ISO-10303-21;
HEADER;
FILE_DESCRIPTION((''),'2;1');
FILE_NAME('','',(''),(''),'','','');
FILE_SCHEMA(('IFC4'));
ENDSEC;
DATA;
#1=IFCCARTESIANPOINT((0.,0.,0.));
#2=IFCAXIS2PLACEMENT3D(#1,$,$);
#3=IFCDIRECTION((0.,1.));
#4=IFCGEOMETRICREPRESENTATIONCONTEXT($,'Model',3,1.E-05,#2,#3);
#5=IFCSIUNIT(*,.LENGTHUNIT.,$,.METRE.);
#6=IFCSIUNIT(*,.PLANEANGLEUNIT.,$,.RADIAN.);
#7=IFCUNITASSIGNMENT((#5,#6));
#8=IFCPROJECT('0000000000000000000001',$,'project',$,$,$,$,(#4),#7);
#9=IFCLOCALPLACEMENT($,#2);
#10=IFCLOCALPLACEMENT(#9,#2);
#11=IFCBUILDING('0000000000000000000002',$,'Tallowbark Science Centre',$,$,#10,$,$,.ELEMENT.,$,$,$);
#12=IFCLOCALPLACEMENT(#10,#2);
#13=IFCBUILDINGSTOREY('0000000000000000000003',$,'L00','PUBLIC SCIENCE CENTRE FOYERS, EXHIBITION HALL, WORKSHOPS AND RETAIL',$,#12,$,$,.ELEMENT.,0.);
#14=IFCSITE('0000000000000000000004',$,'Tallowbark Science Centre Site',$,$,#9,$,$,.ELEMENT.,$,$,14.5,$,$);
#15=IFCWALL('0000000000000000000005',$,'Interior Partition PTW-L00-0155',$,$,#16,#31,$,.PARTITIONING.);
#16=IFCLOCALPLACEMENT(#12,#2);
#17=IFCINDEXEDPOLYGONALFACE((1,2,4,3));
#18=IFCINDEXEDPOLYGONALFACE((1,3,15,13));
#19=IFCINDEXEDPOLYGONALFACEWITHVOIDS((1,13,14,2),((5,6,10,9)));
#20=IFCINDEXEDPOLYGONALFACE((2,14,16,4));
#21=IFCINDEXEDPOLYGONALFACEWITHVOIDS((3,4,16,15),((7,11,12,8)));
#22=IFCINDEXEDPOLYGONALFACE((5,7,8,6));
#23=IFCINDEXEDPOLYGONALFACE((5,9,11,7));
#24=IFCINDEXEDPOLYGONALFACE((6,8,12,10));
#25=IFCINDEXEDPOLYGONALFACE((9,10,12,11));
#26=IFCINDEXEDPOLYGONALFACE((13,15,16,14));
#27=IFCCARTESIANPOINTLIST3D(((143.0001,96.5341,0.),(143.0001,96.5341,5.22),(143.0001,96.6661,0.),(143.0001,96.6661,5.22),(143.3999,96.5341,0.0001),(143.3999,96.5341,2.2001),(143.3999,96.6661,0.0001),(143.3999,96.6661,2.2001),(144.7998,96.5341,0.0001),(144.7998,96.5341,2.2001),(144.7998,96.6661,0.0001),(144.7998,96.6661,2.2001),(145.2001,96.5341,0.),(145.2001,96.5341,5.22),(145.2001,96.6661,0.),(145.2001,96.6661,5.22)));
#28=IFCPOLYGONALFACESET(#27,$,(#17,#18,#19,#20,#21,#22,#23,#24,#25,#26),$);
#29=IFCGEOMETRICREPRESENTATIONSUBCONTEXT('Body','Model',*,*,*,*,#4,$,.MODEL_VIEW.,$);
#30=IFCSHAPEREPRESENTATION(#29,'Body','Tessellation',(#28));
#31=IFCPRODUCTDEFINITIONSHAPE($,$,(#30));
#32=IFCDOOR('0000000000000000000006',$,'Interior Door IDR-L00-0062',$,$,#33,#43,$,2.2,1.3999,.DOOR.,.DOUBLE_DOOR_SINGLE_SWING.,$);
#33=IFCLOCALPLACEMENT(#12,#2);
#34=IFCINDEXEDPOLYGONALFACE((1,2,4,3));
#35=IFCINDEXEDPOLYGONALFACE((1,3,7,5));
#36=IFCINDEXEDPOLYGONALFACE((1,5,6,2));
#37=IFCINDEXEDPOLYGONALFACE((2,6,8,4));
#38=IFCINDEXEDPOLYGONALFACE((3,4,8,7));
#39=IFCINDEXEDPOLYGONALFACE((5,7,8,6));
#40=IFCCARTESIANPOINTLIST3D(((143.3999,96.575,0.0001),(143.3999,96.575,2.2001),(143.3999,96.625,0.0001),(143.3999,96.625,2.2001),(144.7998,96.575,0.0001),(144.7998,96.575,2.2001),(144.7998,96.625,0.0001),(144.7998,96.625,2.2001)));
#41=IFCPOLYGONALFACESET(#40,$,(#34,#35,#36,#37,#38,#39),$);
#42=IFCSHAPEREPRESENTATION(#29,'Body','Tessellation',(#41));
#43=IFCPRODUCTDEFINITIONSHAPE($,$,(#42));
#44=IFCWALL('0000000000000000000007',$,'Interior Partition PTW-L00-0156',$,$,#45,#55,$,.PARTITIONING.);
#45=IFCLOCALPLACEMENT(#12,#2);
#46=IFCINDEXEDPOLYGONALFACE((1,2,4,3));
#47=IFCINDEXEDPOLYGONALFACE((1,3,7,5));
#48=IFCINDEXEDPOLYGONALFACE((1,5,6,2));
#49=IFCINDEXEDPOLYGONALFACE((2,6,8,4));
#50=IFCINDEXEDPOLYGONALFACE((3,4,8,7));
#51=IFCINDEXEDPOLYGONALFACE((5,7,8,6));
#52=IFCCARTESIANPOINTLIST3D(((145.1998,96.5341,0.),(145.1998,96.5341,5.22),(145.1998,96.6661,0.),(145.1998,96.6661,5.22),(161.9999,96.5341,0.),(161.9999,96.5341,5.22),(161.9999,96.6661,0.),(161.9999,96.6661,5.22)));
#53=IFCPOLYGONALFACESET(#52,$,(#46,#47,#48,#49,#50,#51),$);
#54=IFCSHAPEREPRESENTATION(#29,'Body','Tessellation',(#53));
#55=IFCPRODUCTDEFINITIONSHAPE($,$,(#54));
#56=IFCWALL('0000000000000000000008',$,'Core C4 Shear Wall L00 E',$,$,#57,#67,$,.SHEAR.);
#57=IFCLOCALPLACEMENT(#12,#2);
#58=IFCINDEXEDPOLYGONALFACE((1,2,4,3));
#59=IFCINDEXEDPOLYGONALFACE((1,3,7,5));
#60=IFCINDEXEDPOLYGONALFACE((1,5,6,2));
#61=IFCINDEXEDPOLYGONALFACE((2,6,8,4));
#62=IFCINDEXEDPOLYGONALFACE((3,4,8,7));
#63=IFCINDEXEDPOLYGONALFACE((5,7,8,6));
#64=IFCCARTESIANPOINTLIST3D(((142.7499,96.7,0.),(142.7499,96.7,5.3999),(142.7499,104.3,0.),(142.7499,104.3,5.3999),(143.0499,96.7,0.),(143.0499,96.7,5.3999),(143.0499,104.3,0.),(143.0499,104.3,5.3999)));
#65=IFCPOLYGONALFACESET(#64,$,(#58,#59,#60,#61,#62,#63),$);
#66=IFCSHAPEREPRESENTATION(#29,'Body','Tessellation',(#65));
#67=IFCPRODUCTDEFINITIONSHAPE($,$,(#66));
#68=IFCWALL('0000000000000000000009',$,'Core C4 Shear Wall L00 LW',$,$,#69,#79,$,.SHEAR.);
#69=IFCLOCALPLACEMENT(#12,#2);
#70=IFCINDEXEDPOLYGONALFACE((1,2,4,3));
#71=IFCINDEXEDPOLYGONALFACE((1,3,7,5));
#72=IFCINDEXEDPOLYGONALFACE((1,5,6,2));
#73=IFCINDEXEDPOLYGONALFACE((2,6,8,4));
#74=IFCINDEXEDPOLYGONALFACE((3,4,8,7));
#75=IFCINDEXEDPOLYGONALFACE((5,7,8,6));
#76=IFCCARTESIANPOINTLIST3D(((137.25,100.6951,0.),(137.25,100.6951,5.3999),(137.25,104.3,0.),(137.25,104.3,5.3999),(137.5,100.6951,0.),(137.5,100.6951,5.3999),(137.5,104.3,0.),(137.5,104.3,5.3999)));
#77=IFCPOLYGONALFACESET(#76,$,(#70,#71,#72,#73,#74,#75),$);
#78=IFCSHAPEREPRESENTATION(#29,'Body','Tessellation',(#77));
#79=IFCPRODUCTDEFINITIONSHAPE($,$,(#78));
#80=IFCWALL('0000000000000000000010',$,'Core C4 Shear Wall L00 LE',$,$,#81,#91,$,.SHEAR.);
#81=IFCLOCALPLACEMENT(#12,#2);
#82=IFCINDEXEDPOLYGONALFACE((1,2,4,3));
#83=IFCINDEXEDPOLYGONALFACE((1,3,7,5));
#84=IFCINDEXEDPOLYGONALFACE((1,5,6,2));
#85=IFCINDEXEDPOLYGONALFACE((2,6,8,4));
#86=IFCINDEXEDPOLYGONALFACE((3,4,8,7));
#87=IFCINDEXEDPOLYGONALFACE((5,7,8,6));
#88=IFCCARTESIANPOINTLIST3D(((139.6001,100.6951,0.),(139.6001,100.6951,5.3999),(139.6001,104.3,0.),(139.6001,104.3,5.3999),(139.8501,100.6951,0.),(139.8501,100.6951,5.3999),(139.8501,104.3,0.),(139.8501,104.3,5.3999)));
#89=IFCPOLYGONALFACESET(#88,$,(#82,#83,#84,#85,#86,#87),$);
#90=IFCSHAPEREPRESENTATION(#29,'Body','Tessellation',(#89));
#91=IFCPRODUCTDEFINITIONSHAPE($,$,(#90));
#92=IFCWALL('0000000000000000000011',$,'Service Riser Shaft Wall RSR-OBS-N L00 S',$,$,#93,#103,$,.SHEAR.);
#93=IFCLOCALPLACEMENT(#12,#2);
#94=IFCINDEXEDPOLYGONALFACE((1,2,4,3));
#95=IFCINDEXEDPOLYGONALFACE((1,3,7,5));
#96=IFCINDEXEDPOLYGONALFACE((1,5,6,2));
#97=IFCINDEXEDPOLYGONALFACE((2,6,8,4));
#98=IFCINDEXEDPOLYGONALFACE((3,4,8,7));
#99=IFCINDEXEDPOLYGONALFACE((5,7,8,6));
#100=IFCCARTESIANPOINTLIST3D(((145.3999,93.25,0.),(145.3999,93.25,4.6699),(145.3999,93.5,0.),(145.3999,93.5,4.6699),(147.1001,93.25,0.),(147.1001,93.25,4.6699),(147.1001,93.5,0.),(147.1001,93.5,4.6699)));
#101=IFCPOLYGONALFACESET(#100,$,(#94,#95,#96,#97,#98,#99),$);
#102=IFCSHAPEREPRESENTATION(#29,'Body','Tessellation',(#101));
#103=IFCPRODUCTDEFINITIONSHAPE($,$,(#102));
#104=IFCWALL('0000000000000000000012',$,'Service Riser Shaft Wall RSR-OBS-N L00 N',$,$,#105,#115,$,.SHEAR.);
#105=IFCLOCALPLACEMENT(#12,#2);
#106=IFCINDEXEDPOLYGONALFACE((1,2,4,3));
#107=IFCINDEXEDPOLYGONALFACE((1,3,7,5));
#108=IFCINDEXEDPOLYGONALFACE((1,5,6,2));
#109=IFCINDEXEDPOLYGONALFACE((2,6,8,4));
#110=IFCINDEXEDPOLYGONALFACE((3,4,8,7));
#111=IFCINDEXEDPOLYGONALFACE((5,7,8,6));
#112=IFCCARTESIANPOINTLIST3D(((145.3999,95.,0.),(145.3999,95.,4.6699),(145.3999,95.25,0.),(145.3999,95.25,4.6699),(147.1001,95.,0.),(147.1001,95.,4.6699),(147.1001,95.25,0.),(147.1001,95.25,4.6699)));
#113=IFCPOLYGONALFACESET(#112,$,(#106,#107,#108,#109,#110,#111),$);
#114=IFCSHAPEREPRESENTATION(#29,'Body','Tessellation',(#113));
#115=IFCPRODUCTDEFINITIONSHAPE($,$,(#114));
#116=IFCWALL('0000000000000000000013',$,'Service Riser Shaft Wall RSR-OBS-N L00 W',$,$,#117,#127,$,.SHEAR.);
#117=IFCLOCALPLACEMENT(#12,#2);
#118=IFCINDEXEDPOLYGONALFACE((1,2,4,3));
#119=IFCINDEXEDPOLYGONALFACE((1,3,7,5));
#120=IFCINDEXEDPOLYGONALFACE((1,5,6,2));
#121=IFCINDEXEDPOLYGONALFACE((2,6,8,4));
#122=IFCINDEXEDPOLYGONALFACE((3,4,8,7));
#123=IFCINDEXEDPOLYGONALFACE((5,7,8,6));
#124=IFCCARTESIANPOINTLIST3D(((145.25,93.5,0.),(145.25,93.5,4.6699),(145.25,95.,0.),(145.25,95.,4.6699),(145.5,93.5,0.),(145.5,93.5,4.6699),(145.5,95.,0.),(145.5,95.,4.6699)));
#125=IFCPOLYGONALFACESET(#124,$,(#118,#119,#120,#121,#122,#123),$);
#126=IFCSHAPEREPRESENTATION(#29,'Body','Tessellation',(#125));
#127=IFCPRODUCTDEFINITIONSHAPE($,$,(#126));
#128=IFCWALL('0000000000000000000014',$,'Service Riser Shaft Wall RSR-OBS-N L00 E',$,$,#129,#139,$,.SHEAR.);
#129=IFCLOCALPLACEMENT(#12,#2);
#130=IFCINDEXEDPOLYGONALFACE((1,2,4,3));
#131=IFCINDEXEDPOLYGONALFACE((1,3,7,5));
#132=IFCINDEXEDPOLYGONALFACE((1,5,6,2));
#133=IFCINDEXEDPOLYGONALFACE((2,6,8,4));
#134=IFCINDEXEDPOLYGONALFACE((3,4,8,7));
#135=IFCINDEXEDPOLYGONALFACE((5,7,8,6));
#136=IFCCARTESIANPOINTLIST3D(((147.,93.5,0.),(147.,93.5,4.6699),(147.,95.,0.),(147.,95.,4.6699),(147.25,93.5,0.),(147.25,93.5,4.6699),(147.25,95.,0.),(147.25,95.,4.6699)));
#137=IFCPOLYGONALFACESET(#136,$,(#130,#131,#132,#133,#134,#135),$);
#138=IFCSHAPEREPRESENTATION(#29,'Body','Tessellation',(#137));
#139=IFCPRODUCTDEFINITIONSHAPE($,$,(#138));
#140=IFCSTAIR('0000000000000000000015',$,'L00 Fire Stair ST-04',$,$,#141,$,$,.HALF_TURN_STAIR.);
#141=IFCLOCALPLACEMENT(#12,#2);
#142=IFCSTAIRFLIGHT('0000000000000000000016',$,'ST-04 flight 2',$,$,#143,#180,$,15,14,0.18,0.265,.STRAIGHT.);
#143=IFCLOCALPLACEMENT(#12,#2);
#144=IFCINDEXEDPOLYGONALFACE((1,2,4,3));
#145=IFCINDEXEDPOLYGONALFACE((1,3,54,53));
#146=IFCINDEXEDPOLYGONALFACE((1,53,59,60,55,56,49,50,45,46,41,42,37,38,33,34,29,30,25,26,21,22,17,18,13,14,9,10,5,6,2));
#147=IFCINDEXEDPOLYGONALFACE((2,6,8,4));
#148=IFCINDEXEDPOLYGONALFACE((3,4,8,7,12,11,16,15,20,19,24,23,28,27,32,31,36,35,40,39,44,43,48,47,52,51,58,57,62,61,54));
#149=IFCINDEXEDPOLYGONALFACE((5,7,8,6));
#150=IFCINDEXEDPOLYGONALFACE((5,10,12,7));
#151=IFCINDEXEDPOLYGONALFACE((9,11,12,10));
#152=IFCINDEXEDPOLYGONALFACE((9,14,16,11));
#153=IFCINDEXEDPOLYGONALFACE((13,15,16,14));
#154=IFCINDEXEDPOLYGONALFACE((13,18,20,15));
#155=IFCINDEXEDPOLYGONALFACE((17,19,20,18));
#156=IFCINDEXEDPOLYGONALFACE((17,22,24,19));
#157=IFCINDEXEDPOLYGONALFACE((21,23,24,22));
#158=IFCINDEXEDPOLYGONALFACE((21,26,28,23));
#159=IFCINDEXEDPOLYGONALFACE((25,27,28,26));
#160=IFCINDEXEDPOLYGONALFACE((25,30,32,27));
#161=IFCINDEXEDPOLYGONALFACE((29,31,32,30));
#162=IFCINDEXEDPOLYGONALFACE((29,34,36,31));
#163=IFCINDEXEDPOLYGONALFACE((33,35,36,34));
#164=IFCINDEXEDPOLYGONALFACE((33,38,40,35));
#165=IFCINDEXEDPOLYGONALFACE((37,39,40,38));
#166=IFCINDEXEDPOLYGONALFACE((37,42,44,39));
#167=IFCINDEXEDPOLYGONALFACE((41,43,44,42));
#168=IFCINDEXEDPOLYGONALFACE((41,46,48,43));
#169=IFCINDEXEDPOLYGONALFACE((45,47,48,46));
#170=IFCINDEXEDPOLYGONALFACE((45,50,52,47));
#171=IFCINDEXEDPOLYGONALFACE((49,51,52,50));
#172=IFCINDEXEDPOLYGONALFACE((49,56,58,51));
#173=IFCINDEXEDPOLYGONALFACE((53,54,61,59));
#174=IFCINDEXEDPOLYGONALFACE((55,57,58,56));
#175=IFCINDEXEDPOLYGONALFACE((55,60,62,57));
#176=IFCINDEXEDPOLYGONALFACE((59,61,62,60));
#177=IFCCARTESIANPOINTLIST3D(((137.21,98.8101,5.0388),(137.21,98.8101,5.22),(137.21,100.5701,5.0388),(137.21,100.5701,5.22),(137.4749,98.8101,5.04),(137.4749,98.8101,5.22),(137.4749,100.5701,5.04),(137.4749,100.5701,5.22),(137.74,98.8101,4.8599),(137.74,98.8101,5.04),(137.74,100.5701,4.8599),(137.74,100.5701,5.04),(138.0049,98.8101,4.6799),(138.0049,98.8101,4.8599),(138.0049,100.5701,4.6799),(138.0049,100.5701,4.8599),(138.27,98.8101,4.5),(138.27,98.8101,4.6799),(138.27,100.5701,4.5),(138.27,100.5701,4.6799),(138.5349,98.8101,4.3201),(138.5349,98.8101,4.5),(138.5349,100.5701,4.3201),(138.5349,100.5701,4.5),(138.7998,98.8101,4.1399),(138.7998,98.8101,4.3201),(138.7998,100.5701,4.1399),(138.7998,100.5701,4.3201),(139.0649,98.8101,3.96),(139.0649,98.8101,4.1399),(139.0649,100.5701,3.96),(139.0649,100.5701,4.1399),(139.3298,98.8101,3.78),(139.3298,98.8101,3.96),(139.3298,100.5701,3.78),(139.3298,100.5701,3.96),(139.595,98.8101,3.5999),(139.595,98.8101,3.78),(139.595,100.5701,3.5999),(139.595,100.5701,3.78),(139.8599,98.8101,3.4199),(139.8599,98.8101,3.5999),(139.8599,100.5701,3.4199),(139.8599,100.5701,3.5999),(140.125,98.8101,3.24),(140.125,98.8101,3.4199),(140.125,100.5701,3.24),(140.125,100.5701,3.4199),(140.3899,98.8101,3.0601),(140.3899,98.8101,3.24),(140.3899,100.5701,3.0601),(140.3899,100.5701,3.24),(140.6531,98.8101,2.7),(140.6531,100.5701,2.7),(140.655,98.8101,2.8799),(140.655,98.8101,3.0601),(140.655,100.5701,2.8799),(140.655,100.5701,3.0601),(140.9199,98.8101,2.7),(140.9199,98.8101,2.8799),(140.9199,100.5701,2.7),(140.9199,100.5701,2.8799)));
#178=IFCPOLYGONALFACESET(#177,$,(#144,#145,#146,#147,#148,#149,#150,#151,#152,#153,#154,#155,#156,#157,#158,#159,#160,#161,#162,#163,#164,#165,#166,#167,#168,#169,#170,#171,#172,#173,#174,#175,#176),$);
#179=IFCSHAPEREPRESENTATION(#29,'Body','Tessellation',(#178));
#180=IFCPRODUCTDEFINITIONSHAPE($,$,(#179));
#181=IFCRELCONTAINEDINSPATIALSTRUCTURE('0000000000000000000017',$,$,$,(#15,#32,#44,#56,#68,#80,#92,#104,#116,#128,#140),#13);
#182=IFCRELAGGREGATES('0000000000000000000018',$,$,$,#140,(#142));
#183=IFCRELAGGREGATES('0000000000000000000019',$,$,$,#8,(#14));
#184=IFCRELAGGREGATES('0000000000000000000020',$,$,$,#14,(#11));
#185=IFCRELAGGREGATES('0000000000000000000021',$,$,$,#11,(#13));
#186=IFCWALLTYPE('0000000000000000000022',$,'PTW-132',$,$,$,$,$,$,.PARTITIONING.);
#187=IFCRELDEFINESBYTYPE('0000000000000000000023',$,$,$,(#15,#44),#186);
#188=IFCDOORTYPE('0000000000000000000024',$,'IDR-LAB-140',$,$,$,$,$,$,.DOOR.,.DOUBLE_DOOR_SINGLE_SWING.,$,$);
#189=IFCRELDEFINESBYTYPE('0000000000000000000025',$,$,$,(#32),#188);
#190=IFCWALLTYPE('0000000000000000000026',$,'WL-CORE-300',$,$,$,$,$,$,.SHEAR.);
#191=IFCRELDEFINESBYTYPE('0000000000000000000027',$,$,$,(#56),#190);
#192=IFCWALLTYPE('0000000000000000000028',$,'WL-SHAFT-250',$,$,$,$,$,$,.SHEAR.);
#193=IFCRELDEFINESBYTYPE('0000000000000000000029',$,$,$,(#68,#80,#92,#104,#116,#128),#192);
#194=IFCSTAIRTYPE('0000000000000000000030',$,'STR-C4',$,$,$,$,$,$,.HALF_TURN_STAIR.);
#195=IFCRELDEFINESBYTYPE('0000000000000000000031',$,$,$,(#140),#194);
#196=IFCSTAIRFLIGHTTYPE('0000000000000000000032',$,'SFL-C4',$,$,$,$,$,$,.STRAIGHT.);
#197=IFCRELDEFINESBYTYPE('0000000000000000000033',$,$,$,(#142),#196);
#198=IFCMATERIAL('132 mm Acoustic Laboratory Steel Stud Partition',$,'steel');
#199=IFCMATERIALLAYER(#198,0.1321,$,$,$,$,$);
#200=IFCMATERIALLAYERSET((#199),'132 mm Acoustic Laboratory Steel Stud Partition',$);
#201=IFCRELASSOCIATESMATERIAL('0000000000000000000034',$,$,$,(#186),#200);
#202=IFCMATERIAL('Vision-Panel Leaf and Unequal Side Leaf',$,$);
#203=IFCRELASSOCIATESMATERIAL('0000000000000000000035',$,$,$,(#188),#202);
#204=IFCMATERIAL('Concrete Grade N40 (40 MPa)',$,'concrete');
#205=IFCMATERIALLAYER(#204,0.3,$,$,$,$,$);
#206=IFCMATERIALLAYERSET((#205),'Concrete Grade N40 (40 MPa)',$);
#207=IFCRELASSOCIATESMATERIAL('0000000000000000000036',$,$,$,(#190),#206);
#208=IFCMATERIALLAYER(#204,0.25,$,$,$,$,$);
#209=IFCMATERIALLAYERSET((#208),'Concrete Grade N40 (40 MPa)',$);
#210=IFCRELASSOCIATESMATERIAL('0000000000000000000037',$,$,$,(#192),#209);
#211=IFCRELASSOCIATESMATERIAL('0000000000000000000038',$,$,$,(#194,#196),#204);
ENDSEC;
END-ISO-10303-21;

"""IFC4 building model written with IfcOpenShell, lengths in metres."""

from ifc_helpers import new_model, si_unit, direction, frame, frame_2d, origin, place, context, subcontext, project, spatial, polyline, rectangle, outline, extrude, material, layer, layer_set, type_object, element, fill, aggregate, save


model = new_model("IFC4")

# Units and contexts
model_context = context("Model", 3, precision=1e-05, world=origin(), true_north=direction((0.0, 1.0)))
body_context = subcontext(model_context, "Body", "Model", "MODEL_VIEW")
ifc_project = project(units=[si_unit("LENGTHUNIT", "METRE"), si_unit("PLANEANGLEUNIT", "RADIAN")], contexts=[model_context])

# Site, building, storey
site_placement = place(None, origin())
site = spatial("IfcSite", under=ifc_project, at=site_placement, Name="Tallowbark Science Centre Site", CompositionType="ELEMENT", RefElevation=14.5)
building_placement = place(site_placement, origin())
building = spatial("IfcBuilding", under=site, at=building_placement, Name="Tallowbark Science Centre", CompositionType="ELEMENT")
storey_placement = place(building_placement, origin())
storey = spatial("IfcBuildingStorey", under=building, at=storey_placement, Name="L00", Description="PUBLIC SCIENCE CENTRE FOYERS, EXHIBITION HALL, WORKSHOPS AND RETAIL", CompositionType="ELEMENT", Elevation=0.0)

# Wall, opening, door
ifc_material_1 = material(Name="132 mm Acoustic Laboratory Steel Stud Partition", Category="steel")
ifc_layer_1 = layer(ifc_material_1, 0.1321)
ifc_layer_set_1 = layer_set([ifc_layer_1], Name="132 mm Acoustic Laboratory Steel Stud Partition")
wall_type_1 = type_object("IfcWallType", Name="PTW-132", PredefinedType="PARTITIONING", material=ifc_layer_set_1)
wall_1_placement = place(storey_placement, frame((143.0, 96.6001, 0.0), z_axis=(0.0, 0.0, 1.0), x_axis=(1.0, 0.0, 0.0)))
wall_1 = element("IfcWall", 1, at=wall_1_placement, inside=storey, type_object=wall_type_1, Name="Interior Partition PTW-L00-0155", PredefinedType="PARTITIONING", context=body_context, shape_type="SweptSolid", body=[
    extrude(rectangle(XDim=2.2, YDim=0.1321, at=frame_2d((1.1001, 0.0))), origin(), (0.0, 0.0, 1.0), 5.22),
])
opening_placement = place(wall_1_placement, frame((0.3999, 0.0, 0.0)))
opening = element("IfcOpeningElement", 2, at=opening_placement, cuts=wall_1, PredefinedType="OPENING", context=body_context, shape_type="SweptSolid", body=[
    extrude(rectangle(XDim=1.3999, YDim=2.2, at=frame_2d((0.7, 1.1001))), frame((0.0, 0.0762, 0.0), z_axis=(0.0, -1.0, 0.0), x_axis=(1.0, 0.0, 0.0)), (0.0, 0.0, 1.0), 0.1521),
])
ifc_material_2 = material(Name="Vision-Panel Leaf and Unequal Side Leaf")
door_type = type_object("IfcDoorType", Name="IDR-LAB-140", OperationType="DOUBLE_DOOR_SINGLE_SWING", PredefinedType="DOOR", material=ifc_material_2)
door_placement = place(opening_placement, origin())
door = element("IfcDoor", 3, at=door_placement, inside=storey, type_object=door_type, Name="Interior Door IDR-L00-0062", OperationType="DOUBLE_DOOR_SINGLE_SWING", OverallHeight=2.2, OverallWidth=1.3999, PredefinedType="DOOR", context=body_context, shape_type="SweptSolid", body=[
    extrude(rectangle(XDim=1.3999, YDim=2.2, at=frame_2d((0.7, 1.1001))), frame((0.0, 0.0249, 0.0), z_axis=(0.0, -1.0, 0.0), x_axis=(1.0, 0.0, 0.0)), (0.0, 0.0, 1.0), 0.05),
])
fill(opening, door)

# Walls
wall_2_placement = place(storey_placement, frame((145.2, 96.6001, 0.0), z_axis=(0.0, 0.0, 1.0), x_axis=(1.0, 0.0, 0.0)))
element("IfcWall", 4, at=wall_2_placement, inside=storey, type_object=wall_type_1, Name="Interior Partition PTW-L00-0156", PredefinedType="PARTITIONING", context=body_context, shape_type="SweptSolid", body=[
    extrude(rectangle(XDim=16.8, YDim=0.1321, at=frame_2d((8.3999, 0.0))), origin(), (0.0, 0.0, 1.0), 5.22),
])
ifc_material_3 = material(Name="Concrete Grade N40 (40 MPa)", Category="concrete")
ifc_layer_2 = layer(ifc_material_3, 0.3)
ifc_layer_set_2 = layer_set([ifc_layer_2], Name="Concrete Grade N40 (40 MPa)")
wall_type_2 = type_object("IfcWallType", Name="WL-CORE-300", PredefinedType="SHEAR", material=ifc_layer_set_2)
wall_3_placement = place(storey_placement, frame((142.8999, 96.7, 0.0), z_axis=(0.0, 0.0, 1.0), x_axis=(0.0, 1.0, 0.0)))
element("IfcWall", 5, at=wall_3_placement, inside=storey, type_object=wall_type_2, Name="Core C4 Shear Wall L00 E", PredefinedType="SHEAR", context=body_context, shape_type="SweptSolid", body=[
    extrude(rectangle(XDim=7.6001, YDim=0.3, at=frame_2d((3.8, 0.0))), origin(), (0.0, 0.0, 1.0), 5.3999),
])
ifc_layer_3 = layer(ifc_material_3, 0.25)
ifc_layer_set_3 = layer_set([ifc_layer_3], Name="Concrete Grade N40 (40 MPa)")
wall_type_3 = type_object("IfcWallType", Name="WL-SHAFT-250", PredefinedType="SHEAR", material=ifc_layer_set_3)
for number, where, z_axis, x_axis, name in (
    (6, (137.375, 100.6951, 0.0), (0.0, 0.0, 1.0), (0.0, 1.0, 0.0), "Core C4 Shear Wall L00 LW"),
    (7, (139.7251, 100.6951, 0.0), (0.0, 0.0, 1.0), (0.0, 1.0, 0.0), "Core C4 Shear Wall L00 LE"),
):
    element("IfcWall", number, at=place(storey_placement, frame(where, z_axis=z_axis, x_axis=x_axis)), inside=storey, type_object=wall_type_3, Name=name, PredefinedType="SHEAR", context=body_context, shape_type="SweptSolid", body=[
        extrude(rectangle(XDim=3.605, YDim=0.25, at=frame_2d((1.8025, 0.0))), origin(), (0.0, 0.0, 1.0), 5.3999),
    ])
for number, where, z_axis, x_axis, name in (
    (8, (145.3999, 93.375, 0.0), (0.0, 0.0, 1.0), (1.0, 0.0, 0.0), "Service Riser Shaft Wall RSR-OBS-N L00 S"),
    (9, (145.3999, 95.125, 0.0), (0.0, 0.0, 1.0), (1.0, 0.0, 0.0), "Service Riser Shaft Wall RSR-OBS-N L00 N"),
):
    element("IfcWall", number, at=place(storey_placement, frame(where, z_axis=z_axis, x_axis=x_axis)), inside=storey, type_object=wall_type_3, Name=name, PredefinedType="SHEAR", context=body_context, shape_type="SweptSolid", body=[
        extrude(rectangle(XDim=1.7002, YDim=0.25, at=frame_2d((0.8501, 0.0))), origin(), (0.0, 0.0, 1.0), 4.6699),
    ])
for number, where, z_axis, x_axis, name in (
    (10, (145.375, 93.5, 0.0), (0.0, 0.0, 1.0), (0.0, 1.0, 0.0), "Service Riser Shaft Wall RSR-OBS-N L00 W"),
    (11, (147.125, 93.5, 0.0), (0.0, 0.0, 1.0), (0.0, 1.0, 0.0), "Service Riser Shaft Wall RSR-OBS-N L00 E"),
):
    element("IfcWall", number, at=place(storey_placement, frame(where, z_axis=z_axis, x_axis=x_axis)), inside=storey, type_object=wall_type_3, Name=name, PredefinedType="SHEAR", context=body_context, shape_type="SweptSolid", body=[
        extrude(rectangle(XDim=1.5, YDim=0.25, at=frame_2d((0.75, 0.0))), origin(), (0.0, 0.0, 1.0), 4.6699),
    ])

# Stair, stair flight
stair_type = type_object("IfcStairType", Name="STR-C4", PredefinedType="HALF_TURN_STAIR", material=ifc_material_3)
stair_placement = place(storey_placement, origin())
stair = element("IfcStair", 12, at=stair_placement, inside=storey, type_object=stair_type, Name="L00 Fire Stair ST-04", PredefinedType="HALF_TURN_STAIR")
stair_flight_type = type_object("IfcStairFlightType", Name="SFL-C4", PredefinedType="STRAIGHT", material=ifc_material_3)
stair_flight_placement = place(storey_placement, frame((140.9199, 99.6899, 2.7), z_axis=(0.0, 0.0, 1.0), x_axis=(-1.0, 0.0, 0.0)))
stair_flight = element("IfcStairFlight", 13, at=stair_flight_placement, type_object=stair_flight_type, Name="ST-04 flight 2", NumberOfRisers=15, NumberOfTreads=14, PredefinedType="STRAIGHT", RiserHeight=0.18, TreadLength=0.265, context=body_context, shape_type="SweptSolid", body=[
    extrude(outline(polyline([(0.0, 0.0), (0.0, 0.1799), (0.2649, 0.1799), (0.2649, 0.3601), (0.53, 0.3601), (0.53, 0.54), (0.7949, 0.54), (0.7949, 0.72), (1.0601, 0.72), (1.0601, 0.8999), (1.325, 0.8999), (1.325, 1.0801), (1.5901, 1.0801), (1.5901, 1.26), (1.855, 1.26), (1.855, 1.4399), (2.1201, 1.4399), (2.1201, 1.6201), (2.385, 1.6201), (2.385, 1.8), (2.6499, 1.8), (2.6499, 1.98), (2.915, 1.98), (2.915, 2.1599), (3.1799, 2.1599), (3.1799, 2.3401), (3.4451, 2.3401), (3.4451, 2.52), (3.71, 2.52), (3.71, 2.7), (3.71, 2.3389), (0.2668, 0.0), (0.0, 0.0)])), frame((0.0, 0.8799, 0.0), z_axis=(0.0, -1.0, 0.0), x_axis=(1.0, 0.0, 0.0)), (0.0, 0.0, 1.0), 1.76),
])
aggregate(stair, [stair_flight])

save(model, "model.ifc")
